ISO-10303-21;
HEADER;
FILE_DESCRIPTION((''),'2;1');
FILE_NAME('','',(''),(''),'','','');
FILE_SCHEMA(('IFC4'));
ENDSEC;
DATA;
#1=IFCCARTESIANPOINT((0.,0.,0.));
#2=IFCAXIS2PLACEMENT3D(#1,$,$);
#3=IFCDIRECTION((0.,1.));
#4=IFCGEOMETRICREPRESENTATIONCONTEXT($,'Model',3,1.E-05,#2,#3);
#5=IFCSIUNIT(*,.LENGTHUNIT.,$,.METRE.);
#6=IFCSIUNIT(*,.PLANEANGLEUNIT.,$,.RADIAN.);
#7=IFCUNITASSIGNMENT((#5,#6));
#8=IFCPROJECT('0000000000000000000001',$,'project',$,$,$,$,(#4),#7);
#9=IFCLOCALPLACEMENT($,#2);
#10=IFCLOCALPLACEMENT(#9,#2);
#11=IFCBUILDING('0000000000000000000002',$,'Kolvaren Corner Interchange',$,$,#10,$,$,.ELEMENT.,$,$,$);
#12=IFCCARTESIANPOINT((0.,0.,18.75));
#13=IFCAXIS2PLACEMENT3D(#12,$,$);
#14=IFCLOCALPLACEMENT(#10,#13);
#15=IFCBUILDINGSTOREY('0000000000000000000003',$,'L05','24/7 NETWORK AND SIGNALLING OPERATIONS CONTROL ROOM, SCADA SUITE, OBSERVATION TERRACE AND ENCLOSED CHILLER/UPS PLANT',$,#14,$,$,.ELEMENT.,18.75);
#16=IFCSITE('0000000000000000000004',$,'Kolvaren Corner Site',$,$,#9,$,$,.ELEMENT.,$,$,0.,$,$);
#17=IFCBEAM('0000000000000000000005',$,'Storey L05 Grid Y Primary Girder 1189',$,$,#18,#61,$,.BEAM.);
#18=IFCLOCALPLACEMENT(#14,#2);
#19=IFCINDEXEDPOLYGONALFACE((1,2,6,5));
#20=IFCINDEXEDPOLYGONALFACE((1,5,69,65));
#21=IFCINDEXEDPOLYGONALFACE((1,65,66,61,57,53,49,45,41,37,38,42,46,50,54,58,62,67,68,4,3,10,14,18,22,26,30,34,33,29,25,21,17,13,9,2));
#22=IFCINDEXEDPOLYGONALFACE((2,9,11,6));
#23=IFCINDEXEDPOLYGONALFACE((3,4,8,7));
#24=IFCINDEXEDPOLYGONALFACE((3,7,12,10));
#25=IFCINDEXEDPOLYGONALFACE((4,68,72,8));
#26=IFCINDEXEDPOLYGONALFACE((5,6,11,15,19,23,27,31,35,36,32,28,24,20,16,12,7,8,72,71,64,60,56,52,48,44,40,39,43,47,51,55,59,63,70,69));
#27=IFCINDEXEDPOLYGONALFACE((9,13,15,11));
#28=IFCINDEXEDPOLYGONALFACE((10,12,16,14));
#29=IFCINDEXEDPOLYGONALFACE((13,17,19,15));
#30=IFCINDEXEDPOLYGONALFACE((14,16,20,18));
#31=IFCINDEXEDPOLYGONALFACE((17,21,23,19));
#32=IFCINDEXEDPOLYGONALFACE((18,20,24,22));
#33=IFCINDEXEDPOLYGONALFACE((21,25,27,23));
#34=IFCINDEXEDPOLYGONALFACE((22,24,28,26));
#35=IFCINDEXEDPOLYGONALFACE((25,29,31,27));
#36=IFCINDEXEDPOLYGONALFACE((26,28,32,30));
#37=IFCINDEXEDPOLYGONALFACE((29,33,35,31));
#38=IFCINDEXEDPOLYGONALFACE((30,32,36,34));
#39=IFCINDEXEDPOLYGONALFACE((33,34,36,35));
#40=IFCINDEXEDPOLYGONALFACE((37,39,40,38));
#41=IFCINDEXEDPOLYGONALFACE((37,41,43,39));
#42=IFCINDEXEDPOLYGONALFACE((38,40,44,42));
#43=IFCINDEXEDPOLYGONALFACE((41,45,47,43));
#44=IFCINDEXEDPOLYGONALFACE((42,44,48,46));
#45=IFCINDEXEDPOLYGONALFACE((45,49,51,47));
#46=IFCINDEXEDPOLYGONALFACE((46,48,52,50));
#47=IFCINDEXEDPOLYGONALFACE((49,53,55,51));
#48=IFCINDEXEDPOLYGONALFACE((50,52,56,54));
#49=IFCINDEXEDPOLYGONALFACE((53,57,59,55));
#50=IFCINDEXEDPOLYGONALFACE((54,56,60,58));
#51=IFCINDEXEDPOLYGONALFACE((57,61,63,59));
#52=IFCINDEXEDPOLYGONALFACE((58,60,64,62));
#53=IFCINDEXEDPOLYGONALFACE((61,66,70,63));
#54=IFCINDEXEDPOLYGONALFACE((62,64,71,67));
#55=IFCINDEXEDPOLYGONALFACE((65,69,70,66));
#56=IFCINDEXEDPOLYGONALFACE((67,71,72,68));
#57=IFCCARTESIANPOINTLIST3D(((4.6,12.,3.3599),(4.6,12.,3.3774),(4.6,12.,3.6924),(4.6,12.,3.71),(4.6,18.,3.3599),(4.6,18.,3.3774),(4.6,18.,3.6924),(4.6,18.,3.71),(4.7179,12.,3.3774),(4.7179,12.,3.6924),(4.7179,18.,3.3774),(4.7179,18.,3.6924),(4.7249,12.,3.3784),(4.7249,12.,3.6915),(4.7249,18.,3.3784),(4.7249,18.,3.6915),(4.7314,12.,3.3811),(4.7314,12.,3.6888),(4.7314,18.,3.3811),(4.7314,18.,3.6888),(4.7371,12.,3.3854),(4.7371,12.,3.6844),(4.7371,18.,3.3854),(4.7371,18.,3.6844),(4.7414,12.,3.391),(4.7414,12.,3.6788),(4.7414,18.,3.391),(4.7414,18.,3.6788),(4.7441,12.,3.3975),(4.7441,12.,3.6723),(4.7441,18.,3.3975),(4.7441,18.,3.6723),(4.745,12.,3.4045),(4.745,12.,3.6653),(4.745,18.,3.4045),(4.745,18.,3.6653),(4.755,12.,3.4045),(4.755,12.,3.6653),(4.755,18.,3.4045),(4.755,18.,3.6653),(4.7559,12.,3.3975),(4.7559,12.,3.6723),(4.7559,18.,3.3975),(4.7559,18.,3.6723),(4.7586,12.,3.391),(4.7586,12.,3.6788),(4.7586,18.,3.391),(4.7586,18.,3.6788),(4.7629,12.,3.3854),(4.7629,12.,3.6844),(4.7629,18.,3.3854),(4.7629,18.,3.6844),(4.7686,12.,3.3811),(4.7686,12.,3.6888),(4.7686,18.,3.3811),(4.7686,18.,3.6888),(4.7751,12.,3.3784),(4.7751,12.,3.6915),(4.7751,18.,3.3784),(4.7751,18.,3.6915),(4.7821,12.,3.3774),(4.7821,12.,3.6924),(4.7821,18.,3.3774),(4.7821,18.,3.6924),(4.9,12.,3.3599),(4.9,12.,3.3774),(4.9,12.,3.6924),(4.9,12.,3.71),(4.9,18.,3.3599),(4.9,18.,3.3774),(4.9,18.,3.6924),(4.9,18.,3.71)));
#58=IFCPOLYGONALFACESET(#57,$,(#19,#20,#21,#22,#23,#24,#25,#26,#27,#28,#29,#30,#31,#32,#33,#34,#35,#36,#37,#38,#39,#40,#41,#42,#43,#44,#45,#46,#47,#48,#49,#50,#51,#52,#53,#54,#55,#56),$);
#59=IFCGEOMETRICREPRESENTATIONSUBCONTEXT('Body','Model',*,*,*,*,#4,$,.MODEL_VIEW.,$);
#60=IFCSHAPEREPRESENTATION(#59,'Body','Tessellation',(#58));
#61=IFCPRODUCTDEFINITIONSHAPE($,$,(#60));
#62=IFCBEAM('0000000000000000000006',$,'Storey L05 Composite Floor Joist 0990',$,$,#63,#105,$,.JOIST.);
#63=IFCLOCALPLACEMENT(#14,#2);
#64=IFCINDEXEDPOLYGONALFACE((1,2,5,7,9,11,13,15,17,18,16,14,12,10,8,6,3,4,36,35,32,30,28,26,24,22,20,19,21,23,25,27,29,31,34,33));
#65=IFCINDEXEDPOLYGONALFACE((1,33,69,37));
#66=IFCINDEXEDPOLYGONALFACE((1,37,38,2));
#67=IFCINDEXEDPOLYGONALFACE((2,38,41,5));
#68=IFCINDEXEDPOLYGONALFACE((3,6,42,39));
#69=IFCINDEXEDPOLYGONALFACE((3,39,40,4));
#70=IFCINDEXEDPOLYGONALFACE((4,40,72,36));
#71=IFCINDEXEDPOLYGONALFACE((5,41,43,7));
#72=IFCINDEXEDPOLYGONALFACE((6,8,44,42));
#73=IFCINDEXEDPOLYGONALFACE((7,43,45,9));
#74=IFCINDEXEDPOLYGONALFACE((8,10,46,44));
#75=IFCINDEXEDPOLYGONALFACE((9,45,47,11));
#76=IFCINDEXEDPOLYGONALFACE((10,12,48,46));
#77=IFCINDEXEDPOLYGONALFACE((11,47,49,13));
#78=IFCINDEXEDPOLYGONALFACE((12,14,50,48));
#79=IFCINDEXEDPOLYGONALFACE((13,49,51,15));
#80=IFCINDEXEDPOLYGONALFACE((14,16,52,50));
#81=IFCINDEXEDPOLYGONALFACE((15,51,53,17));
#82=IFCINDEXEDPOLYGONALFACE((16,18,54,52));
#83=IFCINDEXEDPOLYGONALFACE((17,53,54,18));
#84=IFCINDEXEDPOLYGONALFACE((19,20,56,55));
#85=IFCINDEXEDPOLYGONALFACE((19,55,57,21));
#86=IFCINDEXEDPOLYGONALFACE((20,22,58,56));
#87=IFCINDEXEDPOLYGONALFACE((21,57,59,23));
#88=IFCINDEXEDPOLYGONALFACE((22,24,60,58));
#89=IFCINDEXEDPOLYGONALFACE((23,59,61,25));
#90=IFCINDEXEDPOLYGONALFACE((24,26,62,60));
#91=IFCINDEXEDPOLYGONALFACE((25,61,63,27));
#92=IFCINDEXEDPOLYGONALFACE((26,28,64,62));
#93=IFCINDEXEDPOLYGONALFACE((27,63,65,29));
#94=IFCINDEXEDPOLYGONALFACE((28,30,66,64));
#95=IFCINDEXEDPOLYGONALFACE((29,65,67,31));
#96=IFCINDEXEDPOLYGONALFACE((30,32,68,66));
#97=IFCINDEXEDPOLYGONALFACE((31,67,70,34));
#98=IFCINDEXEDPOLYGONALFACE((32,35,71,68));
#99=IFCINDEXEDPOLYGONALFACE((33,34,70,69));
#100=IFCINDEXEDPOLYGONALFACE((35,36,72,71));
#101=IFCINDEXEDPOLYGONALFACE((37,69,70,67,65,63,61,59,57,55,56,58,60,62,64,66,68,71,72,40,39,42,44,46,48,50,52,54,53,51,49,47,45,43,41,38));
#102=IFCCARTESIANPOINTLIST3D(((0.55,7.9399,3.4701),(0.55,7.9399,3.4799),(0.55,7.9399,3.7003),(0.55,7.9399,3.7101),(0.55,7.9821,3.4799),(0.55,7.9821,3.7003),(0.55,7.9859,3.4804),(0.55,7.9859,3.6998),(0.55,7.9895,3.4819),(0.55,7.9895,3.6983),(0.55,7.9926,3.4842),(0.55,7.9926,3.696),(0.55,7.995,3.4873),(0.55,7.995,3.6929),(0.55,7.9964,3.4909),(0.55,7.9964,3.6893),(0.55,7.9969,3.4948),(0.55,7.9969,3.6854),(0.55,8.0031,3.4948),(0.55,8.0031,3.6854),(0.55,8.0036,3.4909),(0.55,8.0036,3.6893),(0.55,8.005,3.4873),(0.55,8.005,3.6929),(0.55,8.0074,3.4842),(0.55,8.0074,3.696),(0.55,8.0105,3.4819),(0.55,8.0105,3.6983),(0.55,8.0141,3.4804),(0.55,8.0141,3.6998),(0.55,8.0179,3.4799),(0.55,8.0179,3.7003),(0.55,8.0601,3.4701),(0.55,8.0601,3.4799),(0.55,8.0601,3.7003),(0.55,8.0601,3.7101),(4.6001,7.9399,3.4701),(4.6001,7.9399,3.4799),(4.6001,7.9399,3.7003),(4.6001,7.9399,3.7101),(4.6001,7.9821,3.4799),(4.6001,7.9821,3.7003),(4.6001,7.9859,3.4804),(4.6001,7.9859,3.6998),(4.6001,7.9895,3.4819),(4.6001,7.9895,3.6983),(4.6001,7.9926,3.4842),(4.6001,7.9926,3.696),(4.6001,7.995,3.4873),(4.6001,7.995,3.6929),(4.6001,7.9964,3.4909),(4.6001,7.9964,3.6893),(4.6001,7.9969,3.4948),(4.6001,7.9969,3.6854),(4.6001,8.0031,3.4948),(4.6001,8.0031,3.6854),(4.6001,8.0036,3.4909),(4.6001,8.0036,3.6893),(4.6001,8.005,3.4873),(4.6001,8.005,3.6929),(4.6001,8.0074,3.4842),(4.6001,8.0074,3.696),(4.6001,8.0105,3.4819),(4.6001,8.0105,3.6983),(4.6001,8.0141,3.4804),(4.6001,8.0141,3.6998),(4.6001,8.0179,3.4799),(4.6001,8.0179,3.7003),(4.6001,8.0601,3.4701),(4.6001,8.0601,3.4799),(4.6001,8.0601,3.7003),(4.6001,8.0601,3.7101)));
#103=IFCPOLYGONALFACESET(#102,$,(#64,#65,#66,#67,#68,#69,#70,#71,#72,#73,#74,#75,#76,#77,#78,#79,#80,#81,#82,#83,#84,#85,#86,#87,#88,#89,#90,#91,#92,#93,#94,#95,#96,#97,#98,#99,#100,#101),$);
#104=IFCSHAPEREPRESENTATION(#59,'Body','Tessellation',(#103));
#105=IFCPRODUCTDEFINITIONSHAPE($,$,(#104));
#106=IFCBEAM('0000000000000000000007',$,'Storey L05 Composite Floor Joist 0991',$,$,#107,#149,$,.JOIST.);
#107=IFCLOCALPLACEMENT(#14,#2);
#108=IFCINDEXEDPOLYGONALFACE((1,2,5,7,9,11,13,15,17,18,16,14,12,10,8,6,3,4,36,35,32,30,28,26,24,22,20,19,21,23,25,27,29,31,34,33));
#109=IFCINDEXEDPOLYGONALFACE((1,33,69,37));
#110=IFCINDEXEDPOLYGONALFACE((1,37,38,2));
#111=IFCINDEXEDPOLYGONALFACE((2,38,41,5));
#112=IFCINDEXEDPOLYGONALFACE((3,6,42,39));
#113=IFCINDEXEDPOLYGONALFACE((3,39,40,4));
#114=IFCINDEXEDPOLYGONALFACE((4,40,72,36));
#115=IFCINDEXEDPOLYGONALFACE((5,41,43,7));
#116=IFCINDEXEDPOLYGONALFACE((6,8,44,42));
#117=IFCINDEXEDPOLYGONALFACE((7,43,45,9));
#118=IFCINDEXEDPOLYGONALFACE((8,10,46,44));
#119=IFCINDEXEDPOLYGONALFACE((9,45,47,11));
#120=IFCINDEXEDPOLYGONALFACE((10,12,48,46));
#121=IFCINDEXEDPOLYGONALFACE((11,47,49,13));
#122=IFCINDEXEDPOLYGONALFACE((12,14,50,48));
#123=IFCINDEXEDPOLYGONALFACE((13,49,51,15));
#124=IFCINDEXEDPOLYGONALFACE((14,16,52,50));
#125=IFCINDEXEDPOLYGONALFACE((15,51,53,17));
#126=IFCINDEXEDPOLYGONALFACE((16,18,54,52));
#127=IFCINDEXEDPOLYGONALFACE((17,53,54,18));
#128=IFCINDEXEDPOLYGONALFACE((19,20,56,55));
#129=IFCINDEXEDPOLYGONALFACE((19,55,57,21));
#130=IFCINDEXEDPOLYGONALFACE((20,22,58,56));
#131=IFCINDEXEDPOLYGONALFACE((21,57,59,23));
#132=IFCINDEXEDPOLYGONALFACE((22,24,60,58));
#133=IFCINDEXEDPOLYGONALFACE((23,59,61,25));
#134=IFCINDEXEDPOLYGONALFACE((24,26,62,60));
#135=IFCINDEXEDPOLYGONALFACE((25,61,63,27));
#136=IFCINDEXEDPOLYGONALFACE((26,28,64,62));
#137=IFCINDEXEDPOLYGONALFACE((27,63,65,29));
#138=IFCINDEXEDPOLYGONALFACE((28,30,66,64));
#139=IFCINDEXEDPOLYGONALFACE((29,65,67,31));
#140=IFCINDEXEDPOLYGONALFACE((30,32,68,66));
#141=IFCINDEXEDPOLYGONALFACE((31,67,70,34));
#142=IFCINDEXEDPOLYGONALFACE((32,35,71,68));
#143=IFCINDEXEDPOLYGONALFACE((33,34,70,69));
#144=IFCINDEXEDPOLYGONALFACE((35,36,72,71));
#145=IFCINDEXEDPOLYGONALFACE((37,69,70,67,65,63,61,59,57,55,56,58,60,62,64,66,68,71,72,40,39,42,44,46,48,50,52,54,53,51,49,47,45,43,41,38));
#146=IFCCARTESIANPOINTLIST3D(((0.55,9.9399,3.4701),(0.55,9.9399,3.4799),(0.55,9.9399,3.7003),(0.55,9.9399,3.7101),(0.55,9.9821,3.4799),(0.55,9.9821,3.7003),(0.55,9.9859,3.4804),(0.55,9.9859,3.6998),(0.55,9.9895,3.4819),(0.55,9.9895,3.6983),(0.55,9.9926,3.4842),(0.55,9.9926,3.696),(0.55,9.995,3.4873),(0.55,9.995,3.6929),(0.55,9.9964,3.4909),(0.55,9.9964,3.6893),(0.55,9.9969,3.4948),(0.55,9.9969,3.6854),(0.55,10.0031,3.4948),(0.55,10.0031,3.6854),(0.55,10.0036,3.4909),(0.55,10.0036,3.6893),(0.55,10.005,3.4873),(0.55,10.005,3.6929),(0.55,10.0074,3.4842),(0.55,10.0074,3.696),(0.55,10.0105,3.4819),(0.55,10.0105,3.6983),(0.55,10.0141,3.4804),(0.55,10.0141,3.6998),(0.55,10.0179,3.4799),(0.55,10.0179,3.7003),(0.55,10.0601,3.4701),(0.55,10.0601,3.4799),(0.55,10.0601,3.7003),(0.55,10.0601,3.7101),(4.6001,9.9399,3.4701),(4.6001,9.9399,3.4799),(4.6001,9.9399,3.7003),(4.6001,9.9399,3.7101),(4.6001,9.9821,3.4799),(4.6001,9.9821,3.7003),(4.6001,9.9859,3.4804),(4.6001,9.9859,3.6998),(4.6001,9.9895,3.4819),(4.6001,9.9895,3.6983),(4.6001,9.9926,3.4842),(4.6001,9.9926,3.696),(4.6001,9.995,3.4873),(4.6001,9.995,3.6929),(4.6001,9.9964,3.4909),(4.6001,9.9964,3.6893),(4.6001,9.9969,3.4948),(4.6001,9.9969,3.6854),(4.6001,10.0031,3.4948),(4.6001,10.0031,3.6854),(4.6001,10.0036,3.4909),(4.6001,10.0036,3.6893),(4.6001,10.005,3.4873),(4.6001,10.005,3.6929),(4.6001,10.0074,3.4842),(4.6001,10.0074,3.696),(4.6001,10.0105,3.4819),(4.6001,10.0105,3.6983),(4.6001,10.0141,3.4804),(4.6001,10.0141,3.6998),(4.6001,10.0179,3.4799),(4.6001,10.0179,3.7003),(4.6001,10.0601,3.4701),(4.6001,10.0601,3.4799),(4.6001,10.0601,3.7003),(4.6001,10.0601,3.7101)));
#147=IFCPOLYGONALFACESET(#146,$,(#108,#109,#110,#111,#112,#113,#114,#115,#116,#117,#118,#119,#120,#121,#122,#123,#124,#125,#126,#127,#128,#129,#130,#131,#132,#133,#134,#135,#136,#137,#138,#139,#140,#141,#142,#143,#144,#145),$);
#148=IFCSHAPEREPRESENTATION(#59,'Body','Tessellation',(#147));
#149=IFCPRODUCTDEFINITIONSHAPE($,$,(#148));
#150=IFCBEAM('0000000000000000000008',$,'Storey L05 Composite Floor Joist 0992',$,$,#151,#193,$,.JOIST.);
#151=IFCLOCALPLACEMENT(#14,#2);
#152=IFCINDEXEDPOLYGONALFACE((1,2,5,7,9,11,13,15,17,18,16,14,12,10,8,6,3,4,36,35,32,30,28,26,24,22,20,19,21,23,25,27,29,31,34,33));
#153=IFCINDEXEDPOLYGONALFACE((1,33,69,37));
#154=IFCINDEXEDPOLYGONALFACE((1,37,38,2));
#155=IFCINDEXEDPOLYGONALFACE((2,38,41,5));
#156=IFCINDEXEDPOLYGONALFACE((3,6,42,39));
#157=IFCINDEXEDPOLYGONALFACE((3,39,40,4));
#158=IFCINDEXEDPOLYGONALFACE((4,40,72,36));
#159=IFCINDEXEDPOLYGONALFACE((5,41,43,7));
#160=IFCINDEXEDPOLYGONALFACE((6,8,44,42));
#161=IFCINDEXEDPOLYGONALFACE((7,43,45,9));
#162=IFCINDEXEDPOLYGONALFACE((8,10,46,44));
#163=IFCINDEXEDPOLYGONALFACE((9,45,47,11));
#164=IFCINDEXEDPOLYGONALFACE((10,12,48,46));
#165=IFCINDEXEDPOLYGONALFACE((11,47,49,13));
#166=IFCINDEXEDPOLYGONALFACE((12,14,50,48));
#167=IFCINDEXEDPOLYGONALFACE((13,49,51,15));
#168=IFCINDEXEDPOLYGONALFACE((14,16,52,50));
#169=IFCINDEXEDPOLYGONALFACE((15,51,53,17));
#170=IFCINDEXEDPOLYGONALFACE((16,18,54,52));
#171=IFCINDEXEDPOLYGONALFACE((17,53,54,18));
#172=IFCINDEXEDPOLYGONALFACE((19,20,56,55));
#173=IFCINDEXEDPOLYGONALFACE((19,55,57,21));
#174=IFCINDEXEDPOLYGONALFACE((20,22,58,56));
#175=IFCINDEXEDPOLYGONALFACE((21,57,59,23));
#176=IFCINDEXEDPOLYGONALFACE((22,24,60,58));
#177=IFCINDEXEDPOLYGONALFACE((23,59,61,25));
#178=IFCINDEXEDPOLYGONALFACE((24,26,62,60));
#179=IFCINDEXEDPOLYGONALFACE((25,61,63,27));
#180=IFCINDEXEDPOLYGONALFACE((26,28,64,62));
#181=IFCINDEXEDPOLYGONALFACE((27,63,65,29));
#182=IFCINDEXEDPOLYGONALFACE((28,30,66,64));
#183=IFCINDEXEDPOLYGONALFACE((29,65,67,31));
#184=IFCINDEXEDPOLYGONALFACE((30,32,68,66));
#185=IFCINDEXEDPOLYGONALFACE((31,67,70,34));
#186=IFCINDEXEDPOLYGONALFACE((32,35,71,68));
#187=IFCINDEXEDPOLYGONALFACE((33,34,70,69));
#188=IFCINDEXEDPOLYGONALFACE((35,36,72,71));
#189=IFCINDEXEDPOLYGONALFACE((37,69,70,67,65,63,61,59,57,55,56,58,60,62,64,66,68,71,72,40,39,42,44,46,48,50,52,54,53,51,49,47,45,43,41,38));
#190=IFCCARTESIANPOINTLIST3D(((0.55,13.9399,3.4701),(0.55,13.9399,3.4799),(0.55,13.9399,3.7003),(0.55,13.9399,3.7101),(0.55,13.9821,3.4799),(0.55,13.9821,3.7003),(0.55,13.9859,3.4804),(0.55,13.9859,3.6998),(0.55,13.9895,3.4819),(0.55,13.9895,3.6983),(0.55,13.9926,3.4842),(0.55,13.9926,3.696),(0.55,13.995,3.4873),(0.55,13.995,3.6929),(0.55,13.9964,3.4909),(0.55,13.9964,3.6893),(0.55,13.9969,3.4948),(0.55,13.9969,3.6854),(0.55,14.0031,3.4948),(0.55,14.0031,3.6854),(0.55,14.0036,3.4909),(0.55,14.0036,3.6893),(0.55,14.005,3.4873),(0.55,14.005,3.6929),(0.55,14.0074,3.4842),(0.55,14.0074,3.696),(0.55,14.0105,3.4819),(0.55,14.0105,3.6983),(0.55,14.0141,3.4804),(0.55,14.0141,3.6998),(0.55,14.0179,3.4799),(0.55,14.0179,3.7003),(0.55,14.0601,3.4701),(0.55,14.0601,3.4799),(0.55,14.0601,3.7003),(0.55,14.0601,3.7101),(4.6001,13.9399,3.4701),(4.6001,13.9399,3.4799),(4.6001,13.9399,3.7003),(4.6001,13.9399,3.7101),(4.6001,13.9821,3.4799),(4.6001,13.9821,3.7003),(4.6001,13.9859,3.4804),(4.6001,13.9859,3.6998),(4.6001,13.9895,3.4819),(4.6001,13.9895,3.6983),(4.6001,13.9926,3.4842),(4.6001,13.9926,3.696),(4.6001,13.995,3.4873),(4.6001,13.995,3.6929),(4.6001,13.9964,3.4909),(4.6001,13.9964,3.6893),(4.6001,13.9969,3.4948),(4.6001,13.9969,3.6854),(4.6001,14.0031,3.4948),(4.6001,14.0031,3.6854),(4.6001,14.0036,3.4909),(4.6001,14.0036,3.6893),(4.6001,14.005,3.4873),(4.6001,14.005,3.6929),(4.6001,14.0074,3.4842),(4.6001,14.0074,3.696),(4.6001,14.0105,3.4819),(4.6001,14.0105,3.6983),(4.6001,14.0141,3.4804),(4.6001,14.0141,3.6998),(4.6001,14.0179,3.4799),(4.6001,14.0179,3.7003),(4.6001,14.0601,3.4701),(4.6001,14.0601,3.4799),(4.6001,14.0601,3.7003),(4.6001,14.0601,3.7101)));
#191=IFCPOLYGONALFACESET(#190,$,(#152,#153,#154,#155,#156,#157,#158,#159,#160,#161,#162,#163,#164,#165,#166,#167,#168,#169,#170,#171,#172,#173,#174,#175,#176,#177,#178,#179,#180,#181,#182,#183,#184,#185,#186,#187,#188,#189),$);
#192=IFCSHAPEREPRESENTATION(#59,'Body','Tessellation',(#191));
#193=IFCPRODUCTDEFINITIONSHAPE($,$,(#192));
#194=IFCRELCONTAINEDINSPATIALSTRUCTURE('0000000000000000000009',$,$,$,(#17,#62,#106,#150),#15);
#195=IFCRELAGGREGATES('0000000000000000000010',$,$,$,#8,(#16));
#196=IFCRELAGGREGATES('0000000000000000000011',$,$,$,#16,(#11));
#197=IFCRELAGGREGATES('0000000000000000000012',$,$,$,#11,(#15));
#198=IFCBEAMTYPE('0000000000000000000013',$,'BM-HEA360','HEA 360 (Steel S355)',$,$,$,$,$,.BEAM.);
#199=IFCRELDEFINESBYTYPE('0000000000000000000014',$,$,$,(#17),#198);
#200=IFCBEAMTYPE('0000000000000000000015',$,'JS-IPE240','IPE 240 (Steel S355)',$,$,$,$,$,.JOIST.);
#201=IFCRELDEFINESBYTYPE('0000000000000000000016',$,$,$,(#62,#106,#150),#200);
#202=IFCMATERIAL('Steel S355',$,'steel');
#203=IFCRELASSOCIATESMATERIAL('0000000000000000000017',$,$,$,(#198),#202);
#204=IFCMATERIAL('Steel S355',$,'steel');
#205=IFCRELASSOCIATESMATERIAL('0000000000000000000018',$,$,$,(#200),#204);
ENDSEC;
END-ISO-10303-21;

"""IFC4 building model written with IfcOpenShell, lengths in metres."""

from ifc_helpers import new_model, si_unit, direction, frame, origin, origin_2d, place, context, subcontext, project, spatial, i_section, extrude, material, material_profile, profile_set, type_object, element, save


model = new_model("IFC4")

# Units and contexts
model_context = context("Model", 3, precision=1e-05, world=origin(), true_north=direction((0.0, 1.0)))
body_context = subcontext(model_context, "Body", "Model", "MODEL_VIEW")
ifc_project = project(units=[si_unit("LENGTHUNIT", "METRE"), si_unit("PLANEANGLEUNIT", "RADIAN")], contexts=[model_context])

# Site, building, storey
site_placement = place(None, origin())
site = spatial("IfcSite", under=ifc_project, at=site_placement, Name="Kolvaren Corner Site", CompositionType="ELEMENT", RefElevation=0.0)
building_placement = place(site_placement, origin())
building = spatial("IfcBuilding", under=site, at=building_placement, Name="Kolvaren Corner Interchange", CompositionType="ELEMENT")
storey_placement = place(building_placement, frame((0.0, 0.0, 18.75)))
storey = spatial("IfcBuildingStorey", under=building, at=storey_placement, Name="L05", Description="24/7 NETWORK AND SIGNALLING OPERATIONS CONTROL ROOM, SCADA SUITE, OBSERVATION TERRACE AND ENCLOSED CHILLER/UPS PLANT", CompositionType="ELEMENT", Elevation=18.75)

# Beams
ifc_material_1 = material(Name="Steel S355", Category="steel")
ifc_material_profile_1 = material_profile(ifc_material_1, i_section(OverallWidth=0.3, OverallDepth=0.3501, WebThickness=0.01, FlangeThickness=0.0176, FilletRadius=0.0271, at=origin_2d()), Name="HEA 360")
ifc_profile_set_1 = profile_set([ifc_material_profile_1], Name="Steel S355")
beam_type_1 = type_object("IfcBeamType", Name="BM-HEA360", Description="HEA 360 (Steel S355)", PredefinedType="BEAM", material=ifc_profile_set_1)
beam_1_placement = place(storey_placement, frame((4.75, 12.0, 3.5349), z_axis=(0.0, 1.0, 0.0), x_axis=(-1.0, 0.0, 0.0)))
element("IfcBeam", 1, at=beam_1_placement, inside=storey, type_object=beam_type_1, Name="Storey L05 Grid Y Primary Girder 1189", PredefinedType="BEAM", context=body_context, shape_type="SweptSolid", body=[
    extrude(i_section(OverallWidth=0.3, OverallDepth=0.3501, WebThickness=0.01, FlangeThickness=0.0176, FilletRadius=0.0271, at=origin_2d()), origin(), (0.0, 0.0, 1.0), 6.0),
])
ifc_material_2 = material(Name="Steel S355", Category="steel")
ifc_material_profile_2 = material_profile(ifc_material_2, i_section(OverallWidth=0.1201, OverallDepth=0.24, WebThickness=0.0061, FlangeThickness=0.0098, FilletRadius=0.0149, at=origin_2d()), Name="IPE 240")
ifc_profile_set_2 = profile_set([ifc_material_profile_2], Name="Steel S355")
beam_type_2 = type_object("IfcBeamType", Name="JS-IPE240", Description="IPE 240 (Steel S355)", PredefinedType="JOIST", material=ifc_profile_set_2)
for number, where, z_axis, x_axis, name in (
    (2, (0.55, 8.0, 3.5901), (1.0, 0.0, 0.0), (0.0, 1.0, 0.0), "Storey L05 Composite Floor Joist 0990"),
    (3, (0.55, 10.0, 3.5901), (1.0, 0.0, 0.0), (0.0, 1.0, 0.0), "Storey L05 Composite Floor Joist 0991"),
    (4, (0.55, 14.0, 3.5901), (1.0, 0.0, 0.0), (0.0, 1.0, 0.0), "Storey L05 Composite Floor Joist 0992"),
):
    element("IfcBeam", number, at=place(storey_placement, frame(where, z_axis=z_axis, x_axis=x_axis)), inside=storey, type_object=beam_type_2, Name=name, PredefinedType="JOIST", context=body_context, shape_type="SweptSolid", body=[
        extrude(i_section(OverallWidth=0.1201, OverallDepth=0.24, WebThickness=0.0061, FlangeThickness=0.0098, FilletRadius=0.0149, at=origin_2d()), origin(), (0.0, 0.0, 1.0), 4.05),
    ])

save(model, "model.ifc")
